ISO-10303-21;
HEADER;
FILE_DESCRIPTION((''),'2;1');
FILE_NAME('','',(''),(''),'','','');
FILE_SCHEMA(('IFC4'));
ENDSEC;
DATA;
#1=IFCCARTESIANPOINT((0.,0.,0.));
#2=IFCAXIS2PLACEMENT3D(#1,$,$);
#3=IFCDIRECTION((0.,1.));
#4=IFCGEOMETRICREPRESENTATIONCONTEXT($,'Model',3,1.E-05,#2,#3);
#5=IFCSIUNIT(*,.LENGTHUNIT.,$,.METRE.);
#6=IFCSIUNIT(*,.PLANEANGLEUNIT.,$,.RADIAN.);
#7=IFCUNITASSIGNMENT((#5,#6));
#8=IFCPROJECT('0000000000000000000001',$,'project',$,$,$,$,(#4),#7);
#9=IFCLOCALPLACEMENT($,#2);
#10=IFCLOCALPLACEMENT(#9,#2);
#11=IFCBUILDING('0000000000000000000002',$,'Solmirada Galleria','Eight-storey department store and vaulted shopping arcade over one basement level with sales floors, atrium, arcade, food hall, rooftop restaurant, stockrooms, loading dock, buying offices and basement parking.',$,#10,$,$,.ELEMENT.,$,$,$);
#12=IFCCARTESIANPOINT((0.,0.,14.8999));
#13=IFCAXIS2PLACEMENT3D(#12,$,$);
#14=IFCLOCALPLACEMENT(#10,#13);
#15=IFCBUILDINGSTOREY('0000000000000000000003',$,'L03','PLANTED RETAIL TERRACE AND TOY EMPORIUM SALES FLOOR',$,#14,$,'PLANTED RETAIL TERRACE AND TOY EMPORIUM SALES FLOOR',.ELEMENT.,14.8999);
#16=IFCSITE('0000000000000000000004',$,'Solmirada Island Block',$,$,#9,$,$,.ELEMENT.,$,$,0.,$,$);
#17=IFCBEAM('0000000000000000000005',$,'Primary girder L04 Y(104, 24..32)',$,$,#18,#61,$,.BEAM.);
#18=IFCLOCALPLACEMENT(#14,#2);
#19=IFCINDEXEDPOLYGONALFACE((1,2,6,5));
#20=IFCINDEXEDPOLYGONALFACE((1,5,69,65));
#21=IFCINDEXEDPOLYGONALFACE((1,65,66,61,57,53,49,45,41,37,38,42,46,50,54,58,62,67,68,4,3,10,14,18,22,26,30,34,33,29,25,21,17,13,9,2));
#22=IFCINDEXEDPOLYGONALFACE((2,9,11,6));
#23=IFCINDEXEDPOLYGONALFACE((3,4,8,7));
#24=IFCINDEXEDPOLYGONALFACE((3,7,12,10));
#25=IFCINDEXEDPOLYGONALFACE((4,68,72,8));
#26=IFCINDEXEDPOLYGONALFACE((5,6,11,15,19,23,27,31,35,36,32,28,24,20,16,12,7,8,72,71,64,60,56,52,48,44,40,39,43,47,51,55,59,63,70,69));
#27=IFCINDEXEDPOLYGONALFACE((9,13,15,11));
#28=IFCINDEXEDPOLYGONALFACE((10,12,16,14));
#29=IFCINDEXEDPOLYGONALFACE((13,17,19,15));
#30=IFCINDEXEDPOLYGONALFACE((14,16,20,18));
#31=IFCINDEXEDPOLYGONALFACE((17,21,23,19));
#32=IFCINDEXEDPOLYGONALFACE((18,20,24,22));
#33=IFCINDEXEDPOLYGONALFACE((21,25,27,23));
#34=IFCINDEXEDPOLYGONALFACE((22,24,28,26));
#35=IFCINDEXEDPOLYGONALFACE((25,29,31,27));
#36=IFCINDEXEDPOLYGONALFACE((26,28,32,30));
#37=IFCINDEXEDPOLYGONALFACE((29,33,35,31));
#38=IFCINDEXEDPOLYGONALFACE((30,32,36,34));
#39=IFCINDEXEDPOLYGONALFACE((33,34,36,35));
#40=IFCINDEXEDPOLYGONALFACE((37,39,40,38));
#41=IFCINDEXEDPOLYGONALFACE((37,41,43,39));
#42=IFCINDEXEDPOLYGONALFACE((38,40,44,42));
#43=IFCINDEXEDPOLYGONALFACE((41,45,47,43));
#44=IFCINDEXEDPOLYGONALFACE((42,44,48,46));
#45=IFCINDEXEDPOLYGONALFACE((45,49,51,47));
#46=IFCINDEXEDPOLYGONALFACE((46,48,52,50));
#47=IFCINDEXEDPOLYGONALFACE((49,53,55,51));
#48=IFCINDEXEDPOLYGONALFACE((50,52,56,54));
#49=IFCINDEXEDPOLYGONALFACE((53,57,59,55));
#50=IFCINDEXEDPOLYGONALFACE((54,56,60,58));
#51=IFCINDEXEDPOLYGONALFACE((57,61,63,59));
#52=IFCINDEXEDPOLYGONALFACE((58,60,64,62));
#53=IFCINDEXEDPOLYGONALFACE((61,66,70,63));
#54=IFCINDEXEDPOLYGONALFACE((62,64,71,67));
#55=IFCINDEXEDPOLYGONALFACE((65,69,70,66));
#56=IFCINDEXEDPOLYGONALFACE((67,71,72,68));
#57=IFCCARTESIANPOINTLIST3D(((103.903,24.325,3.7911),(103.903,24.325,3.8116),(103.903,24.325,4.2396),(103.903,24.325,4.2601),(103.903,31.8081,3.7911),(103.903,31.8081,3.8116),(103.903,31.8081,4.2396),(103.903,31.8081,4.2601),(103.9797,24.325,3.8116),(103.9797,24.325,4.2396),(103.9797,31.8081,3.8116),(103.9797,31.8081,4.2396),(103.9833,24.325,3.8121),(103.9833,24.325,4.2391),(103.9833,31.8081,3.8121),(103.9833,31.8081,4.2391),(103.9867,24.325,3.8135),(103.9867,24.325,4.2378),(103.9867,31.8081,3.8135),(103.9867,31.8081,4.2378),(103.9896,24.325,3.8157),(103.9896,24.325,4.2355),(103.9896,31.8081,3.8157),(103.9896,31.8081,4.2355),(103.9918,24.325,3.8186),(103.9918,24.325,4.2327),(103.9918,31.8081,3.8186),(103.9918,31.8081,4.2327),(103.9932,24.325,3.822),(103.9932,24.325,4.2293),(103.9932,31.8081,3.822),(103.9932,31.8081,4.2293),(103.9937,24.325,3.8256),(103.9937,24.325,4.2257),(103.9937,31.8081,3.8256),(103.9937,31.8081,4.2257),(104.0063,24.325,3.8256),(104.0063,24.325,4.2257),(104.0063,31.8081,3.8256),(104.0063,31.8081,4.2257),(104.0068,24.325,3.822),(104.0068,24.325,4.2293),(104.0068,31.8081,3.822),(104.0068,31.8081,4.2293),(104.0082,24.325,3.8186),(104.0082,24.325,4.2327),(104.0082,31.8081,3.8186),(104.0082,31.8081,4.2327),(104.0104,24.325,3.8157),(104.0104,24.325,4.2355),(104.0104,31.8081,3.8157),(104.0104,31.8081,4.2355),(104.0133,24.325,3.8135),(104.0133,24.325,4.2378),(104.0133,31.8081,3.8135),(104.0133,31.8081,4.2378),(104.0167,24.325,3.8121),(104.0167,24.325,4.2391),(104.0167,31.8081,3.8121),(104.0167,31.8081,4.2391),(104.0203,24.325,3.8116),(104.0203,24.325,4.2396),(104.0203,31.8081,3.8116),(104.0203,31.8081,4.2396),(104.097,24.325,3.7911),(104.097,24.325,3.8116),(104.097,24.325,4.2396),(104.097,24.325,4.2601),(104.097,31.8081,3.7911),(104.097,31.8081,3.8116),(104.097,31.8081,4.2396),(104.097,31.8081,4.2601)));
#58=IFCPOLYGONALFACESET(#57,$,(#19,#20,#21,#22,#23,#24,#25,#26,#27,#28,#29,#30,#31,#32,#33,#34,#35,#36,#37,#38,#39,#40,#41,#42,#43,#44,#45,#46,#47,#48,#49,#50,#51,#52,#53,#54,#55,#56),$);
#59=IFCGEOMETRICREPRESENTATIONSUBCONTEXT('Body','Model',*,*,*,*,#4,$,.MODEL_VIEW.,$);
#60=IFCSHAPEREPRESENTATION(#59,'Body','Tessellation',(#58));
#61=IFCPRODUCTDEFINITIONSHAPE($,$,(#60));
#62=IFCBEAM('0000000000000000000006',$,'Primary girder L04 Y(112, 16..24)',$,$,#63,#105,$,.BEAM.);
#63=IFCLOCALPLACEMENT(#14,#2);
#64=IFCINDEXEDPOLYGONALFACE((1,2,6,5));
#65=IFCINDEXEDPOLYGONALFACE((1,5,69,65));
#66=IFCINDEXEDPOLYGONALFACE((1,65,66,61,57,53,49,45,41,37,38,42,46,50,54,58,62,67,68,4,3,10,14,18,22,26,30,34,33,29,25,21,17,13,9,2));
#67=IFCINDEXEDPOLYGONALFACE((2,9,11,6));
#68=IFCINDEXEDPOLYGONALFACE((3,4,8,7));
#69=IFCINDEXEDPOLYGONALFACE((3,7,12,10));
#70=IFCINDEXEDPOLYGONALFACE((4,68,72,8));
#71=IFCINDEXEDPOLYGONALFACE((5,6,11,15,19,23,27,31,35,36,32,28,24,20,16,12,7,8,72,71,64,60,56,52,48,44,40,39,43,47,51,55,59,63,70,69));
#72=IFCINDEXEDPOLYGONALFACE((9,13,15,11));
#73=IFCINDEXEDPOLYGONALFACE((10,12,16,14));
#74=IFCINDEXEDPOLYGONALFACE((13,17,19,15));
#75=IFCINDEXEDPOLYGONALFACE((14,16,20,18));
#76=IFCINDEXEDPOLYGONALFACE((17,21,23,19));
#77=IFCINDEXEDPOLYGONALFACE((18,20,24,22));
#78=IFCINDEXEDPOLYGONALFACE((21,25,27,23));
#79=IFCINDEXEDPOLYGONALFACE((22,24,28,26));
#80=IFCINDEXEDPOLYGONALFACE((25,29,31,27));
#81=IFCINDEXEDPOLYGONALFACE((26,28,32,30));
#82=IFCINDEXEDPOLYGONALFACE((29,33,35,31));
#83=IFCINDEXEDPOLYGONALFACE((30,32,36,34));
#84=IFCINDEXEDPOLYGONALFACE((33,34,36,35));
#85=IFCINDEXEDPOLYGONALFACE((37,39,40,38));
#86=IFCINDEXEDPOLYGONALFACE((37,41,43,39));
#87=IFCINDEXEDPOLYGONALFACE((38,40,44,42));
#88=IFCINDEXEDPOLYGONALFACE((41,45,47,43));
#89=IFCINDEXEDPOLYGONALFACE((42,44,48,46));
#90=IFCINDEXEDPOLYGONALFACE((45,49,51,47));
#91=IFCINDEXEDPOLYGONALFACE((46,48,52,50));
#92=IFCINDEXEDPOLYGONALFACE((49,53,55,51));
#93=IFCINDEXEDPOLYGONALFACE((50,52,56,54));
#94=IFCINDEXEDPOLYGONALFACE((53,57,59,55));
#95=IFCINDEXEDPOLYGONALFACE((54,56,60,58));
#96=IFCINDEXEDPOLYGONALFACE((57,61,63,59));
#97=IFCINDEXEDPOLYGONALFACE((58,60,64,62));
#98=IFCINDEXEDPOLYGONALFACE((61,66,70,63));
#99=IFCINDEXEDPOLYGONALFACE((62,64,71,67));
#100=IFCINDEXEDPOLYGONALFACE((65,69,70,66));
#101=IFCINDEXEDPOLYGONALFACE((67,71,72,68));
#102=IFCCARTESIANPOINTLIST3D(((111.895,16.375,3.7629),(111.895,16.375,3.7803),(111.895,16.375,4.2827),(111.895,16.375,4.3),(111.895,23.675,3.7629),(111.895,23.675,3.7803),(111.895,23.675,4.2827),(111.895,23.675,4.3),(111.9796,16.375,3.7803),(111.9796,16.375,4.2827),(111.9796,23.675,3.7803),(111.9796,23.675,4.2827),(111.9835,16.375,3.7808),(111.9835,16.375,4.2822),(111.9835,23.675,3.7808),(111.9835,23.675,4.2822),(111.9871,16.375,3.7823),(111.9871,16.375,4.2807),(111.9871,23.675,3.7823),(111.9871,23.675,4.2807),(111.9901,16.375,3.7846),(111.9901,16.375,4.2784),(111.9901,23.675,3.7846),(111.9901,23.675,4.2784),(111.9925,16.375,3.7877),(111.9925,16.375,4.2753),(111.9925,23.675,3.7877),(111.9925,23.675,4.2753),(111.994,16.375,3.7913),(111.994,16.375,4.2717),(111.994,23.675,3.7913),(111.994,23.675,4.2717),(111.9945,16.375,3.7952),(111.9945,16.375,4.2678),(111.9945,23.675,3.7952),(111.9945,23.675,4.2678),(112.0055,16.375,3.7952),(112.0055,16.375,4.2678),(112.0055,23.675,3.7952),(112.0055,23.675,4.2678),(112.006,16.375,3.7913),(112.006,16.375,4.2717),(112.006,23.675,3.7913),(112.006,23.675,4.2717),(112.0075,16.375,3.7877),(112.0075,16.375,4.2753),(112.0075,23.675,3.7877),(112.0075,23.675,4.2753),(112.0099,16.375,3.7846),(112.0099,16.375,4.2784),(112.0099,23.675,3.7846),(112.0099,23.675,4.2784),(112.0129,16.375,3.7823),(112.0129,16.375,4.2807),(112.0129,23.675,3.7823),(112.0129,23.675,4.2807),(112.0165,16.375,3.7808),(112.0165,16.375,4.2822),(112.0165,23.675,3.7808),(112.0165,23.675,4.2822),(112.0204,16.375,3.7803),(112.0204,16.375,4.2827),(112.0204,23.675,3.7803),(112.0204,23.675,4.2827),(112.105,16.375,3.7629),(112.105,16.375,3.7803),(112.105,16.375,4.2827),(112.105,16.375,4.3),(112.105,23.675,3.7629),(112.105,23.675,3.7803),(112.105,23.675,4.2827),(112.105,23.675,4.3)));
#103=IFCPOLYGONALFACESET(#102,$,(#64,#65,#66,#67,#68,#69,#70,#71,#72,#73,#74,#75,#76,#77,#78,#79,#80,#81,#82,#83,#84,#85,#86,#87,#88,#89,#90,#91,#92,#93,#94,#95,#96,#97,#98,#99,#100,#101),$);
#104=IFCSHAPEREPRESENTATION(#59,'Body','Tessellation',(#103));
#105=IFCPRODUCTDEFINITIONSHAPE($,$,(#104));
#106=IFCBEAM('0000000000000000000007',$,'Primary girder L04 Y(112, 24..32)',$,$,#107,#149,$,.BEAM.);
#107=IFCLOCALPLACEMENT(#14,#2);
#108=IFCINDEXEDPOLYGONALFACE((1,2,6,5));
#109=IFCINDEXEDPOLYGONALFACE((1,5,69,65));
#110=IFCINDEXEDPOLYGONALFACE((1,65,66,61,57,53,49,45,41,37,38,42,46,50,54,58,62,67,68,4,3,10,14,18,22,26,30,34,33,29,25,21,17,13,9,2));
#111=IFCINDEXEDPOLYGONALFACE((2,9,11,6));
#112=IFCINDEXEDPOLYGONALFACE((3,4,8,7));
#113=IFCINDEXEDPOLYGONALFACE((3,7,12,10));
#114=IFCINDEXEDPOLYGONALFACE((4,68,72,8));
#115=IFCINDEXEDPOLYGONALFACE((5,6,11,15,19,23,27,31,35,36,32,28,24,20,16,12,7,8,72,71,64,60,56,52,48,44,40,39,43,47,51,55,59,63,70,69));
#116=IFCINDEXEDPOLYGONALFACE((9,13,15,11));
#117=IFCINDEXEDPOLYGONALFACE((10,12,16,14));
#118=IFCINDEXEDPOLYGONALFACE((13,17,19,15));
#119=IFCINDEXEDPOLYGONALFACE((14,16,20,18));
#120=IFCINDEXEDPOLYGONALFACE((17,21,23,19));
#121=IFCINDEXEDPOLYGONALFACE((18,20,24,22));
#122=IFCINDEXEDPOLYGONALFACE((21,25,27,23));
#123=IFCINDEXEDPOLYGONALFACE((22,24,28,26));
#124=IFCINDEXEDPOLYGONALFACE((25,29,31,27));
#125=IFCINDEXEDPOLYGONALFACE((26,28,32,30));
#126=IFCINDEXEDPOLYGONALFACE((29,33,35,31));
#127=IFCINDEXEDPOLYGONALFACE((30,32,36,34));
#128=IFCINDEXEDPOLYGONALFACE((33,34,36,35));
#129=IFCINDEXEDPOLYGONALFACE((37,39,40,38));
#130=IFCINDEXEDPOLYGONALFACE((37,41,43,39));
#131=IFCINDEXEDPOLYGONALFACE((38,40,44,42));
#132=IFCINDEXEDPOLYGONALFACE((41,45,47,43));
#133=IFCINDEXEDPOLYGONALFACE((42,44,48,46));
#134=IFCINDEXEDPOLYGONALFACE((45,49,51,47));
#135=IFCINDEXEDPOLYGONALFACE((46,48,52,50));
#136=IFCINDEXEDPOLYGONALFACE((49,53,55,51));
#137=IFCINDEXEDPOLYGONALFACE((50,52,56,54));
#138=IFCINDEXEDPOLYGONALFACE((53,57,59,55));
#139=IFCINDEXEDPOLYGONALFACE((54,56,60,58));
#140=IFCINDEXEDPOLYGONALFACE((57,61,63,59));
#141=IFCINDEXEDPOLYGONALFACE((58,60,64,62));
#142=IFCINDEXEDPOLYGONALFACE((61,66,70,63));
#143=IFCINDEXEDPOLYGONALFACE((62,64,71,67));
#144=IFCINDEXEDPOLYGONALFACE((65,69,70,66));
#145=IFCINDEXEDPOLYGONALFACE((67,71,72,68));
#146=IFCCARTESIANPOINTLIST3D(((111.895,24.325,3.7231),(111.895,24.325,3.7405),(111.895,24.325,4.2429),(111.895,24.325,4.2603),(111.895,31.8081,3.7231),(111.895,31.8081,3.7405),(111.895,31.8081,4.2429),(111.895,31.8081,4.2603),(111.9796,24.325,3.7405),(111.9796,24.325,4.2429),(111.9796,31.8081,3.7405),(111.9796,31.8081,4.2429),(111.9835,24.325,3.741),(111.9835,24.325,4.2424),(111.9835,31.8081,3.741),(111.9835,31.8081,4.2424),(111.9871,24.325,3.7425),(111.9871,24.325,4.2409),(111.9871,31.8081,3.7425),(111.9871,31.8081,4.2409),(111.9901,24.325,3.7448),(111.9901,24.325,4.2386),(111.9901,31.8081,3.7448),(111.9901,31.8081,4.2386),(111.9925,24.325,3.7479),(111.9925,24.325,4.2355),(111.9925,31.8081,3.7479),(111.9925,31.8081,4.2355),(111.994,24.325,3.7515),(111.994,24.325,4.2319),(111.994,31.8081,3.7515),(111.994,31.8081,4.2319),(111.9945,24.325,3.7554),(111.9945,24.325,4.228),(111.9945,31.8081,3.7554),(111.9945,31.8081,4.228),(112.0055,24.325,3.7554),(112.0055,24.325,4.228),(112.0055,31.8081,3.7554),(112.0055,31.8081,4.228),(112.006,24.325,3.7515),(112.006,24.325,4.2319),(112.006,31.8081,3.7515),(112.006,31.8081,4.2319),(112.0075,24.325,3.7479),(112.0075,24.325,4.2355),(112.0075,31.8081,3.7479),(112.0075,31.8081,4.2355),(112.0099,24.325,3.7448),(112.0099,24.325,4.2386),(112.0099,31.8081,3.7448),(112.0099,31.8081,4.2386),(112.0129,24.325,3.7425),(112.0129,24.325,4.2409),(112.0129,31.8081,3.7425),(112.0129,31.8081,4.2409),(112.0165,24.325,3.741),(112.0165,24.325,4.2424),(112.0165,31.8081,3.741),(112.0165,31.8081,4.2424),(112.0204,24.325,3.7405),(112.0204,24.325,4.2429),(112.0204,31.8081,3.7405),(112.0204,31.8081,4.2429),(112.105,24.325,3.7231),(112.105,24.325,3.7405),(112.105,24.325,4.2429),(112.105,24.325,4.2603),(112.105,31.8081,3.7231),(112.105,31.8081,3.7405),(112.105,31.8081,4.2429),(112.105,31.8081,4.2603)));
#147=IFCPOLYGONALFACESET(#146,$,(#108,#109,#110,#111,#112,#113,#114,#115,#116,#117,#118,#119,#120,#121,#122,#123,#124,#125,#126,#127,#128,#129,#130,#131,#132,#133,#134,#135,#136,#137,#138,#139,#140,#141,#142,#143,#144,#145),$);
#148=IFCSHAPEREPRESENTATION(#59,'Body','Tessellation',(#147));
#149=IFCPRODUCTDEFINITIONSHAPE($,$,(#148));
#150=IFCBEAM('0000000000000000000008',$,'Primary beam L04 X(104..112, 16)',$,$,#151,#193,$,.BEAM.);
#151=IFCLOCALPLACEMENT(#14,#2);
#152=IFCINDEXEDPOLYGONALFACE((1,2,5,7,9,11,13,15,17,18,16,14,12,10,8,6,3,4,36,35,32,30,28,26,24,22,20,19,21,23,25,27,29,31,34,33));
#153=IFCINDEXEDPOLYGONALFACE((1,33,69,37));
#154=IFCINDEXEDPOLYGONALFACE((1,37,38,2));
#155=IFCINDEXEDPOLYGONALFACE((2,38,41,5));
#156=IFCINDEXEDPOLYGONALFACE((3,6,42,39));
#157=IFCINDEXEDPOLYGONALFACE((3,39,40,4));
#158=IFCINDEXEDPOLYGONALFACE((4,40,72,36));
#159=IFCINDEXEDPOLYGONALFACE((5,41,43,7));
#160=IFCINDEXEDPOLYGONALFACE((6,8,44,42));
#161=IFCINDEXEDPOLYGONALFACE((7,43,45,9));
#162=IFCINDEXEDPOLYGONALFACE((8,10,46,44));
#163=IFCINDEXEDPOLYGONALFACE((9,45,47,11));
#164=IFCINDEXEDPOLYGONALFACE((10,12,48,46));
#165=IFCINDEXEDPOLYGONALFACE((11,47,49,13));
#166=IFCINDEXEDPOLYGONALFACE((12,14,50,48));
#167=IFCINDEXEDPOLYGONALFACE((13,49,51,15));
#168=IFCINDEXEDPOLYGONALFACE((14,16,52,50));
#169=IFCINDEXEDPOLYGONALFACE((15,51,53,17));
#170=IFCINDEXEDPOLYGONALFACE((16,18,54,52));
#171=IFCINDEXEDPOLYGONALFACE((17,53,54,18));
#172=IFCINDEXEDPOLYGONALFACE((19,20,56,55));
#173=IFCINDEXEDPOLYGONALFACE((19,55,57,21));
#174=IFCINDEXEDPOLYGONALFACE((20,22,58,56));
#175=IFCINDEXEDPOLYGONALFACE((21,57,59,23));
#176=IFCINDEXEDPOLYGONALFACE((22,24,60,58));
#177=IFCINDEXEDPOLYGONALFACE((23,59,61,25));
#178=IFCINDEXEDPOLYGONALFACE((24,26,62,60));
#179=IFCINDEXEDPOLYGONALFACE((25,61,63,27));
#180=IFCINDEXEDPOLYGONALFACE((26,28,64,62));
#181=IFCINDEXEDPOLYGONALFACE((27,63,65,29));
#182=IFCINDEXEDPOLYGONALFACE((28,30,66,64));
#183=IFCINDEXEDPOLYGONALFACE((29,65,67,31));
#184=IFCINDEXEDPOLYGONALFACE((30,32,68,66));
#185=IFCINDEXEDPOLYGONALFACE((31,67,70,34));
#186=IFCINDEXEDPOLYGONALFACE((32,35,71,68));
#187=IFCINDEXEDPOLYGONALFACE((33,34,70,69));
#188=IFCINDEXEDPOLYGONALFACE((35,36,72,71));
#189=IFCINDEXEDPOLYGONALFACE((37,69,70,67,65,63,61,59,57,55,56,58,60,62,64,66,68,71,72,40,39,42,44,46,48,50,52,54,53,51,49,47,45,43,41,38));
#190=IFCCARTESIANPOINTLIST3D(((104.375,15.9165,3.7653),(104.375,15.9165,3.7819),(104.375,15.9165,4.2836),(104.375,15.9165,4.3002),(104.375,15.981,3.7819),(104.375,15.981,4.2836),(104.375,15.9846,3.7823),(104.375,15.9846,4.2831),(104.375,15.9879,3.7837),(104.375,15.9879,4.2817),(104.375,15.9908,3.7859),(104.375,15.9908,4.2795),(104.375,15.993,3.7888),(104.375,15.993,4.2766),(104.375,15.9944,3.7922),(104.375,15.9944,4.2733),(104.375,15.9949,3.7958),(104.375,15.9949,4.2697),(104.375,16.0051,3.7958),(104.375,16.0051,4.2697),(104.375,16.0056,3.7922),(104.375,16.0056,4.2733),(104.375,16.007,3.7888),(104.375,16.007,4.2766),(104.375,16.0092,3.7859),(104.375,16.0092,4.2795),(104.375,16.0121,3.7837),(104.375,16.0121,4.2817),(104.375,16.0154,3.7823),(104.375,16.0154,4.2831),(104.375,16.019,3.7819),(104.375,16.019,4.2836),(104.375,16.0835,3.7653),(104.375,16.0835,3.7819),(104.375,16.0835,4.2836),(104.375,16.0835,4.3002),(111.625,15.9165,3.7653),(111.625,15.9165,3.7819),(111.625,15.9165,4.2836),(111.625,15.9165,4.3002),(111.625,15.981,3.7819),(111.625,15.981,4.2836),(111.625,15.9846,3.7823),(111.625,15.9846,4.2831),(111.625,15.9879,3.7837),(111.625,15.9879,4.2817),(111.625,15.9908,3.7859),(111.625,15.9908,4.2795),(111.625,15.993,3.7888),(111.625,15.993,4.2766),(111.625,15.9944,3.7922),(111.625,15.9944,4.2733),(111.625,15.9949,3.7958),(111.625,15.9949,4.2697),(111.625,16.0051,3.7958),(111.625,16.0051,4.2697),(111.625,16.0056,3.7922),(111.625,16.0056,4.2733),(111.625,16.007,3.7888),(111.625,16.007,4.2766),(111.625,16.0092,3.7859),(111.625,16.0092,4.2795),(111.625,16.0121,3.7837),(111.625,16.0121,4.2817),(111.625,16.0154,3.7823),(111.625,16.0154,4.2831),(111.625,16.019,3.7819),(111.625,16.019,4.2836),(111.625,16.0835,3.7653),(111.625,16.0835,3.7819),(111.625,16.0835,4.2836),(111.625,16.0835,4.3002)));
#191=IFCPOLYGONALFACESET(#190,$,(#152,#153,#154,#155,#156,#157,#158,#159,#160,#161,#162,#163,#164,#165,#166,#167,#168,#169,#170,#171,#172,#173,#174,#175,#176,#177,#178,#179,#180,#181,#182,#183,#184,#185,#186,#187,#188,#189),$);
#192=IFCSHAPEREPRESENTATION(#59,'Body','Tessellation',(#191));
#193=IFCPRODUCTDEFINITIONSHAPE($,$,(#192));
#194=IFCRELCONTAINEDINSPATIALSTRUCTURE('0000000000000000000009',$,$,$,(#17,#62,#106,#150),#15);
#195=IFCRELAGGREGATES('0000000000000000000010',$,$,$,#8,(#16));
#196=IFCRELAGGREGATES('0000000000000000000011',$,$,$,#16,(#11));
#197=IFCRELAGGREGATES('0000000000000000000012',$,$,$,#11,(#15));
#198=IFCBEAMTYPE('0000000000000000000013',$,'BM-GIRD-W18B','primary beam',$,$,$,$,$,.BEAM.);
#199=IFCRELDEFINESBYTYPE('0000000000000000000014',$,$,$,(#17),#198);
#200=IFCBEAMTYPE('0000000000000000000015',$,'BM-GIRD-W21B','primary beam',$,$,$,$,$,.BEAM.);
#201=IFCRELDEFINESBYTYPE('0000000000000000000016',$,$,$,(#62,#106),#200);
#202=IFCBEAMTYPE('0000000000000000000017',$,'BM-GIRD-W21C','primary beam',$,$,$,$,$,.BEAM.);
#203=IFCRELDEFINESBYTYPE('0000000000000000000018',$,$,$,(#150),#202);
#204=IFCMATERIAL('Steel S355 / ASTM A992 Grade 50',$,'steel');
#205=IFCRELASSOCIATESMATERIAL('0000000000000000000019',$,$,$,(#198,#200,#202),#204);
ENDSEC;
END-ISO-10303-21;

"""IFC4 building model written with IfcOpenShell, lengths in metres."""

from ifc_helpers import new_model, si_unit, direction, frame, origin, origin_2d, place, context, subcontext, project, spatial, i_section, extrude, material, material_profile, profile_set, type_object, element, save


model = new_model("IFC4")

# Units and contexts
model_context = context("Model", 3, precision=1e-05, world=origin(), true_north=direction((0.0, 1.0)))
body_context = subcontext(model_context, "Body", "Model", "MODEL_VIEW")
ifc_project = project(units=[si_unit("LENGTHUNIT", "METRE"), si_unit("PLANEANGLEUNIT", "RADIAN")], contexts=[model_context])

# Site, building, storey
site_placement = place(None, origin())
site = spatial("IfcSite", under=ifc_project, at=site_placement, Name="Solmirada Island Block", CompositionType="ELEMENT", RefElevation=0.0)
building_placement = place(site_placement, origin())
building = spatial("IfcBuilding", under=site, at=building_placement, Name="Solmirada Galleria", Description="Eight-storey department store and vaulted shopping arcade over one basement level with sales floors, atrium, arcade, food hall, rooftop restaurant, stockrooms, loading dock, buying offices and basement parking.", CompositionType="ELEMENT")
storey_placement = place(building_placement, frame((0.0, 0.0, 14.8999)))
storey = spatial("IfcBuildingStorey", under=building, at=storey_placement, Name="L03", Description="PLANTED RETAIL TERRACE AND TOY EMPORIUM SALES FLOOR", LongName="PLANTED RETAIL TERRACE AND TOY EMPORIUM SALES FLOOR", CompositionType="ELEMENT", Elevation=14.8999)

# Beams
ifc_material_1 = material(Name="Steel S355 / ASTM A992 Grade 50", Category="steel")
ifc_material_profile_1 = material_profile(ifc_material_1, i_section(OverallWidth=0.1941, OverallDepth=0.469, WebThickness=0.0127, FlangeThickness=0.0205, FilletRadius=0.0139, at=origin_2d()), Name="W18X71")
ifc_profile_set_1 = profile_set([ifc_material_profile_1], Name="Steel S355 / ASTM A992 Grade 50")
beam_type_1 = type_object("IfcBeamType", Name="BM-GIRD-W18B", Description="primary beam", PredefinedType="BEAM", material=ifc_profile_set_1)
beam_1_placement = place(storey_placement, frame((104.0, 24.325, 4.0256), z_axis=(0.0, 1.0, 0.0), x_axis=(-1.0, 0.0, 0.0)))
element("IfcBeam", 1, at=beam_1_placement, inside=storey, type_object=beam_type_1, Name="Primary girder L04 Y(104, 24..32)", PredefinedType="BEAM", context=body_context, shape_type="SweptSolid", body=[
    extrude(i_section(OverallWidth=0.1941, OverallDepth=0.469, WebThickness=0.0127, FlangeThickness=0.0205, FilletRadius=0.0139, at=origin_2d()), origin(), (0.0, 0.0, 1.0), 7.4832),
])
ifc_material_profile_2 = material_profile(ifc_material_1, i_section(OverallWidth=0.21, OverallDepth=0.5371, WebThickness=0.011, FlangeThickness=0.0173, FilletRadius=0.0149, at=origin_2d()), Name="W21X68")
ifc_profile_set_2 = profile_set([ifc_material_profile_2], Name="Steel S355 / ASTM A992 Grade 50")
beam_type_2 = type_object("IfcBeamType", Name="BM-GIRD-W21B", Description="primary beam", PredefinedType="BEAM", material=ifc_profile_set_2)
beam_2_placement = place(storey_placement, frame((112.0, 16.375, 4.0315), z_axis=(0.0, 1.0, 0.0), x_axis=(-1.0, 0.0, 0.0)))
element("IfcBeam", 2, at=beam_2_placement, inside=storey, type_object=beam_type_2, Name="Primary girder L04 Y(112, 16..24)", PredefinedType="BEAM", context=body_context, shape_type="SweptSolid", body=[
    extrude(i_section(OverallWidth=0.21, OverallDepth=0.5371, WebThickness=0.011, FlangeThickness=0.0173, FilletRadius=0.0149, at=origin_2d()), origin(), (0.0, 0.0, 1.0), 7.3),
])
beam_3_placement = place(storey_placement, frame((112.0, 24.325, 3.9917), z_axis=(0.0, 1.0, 0.0), x_axis=(-1.0, 0.0, 0.0)))
element("IfcBeam", 3, at=beam_3_placement, inside=storey, type_object=beam_type_2, Name="Primary girder L04 Y(112, 24..32)", PredefinedType="BEAM", context=body_context, shape_type="SweptSolid", body=[
    extrude(i_section(OverallWidth=0.21, OverallDepth=0.5371, WebThickness=0.011, FlangeThickness=0.0173, FilletRadius=0.0149, at=origin_2d()), origin(), (0.0, 0.0, 1.0), 7.4832),
])
ifc_material_profile_3 = material_profile(ifc_material_1, i_section(OverallWidth=0.167, OverallDepth=0.5349, WebThickness=0.0103, FlangeThickness=0.0166, FilletRadius=0.0139, at=origin_2d()), Name="W21X57")
ifc_profile_set_3 = profile_set([ifc_material_profile_3], Name="Steel S355 / ASTM A992 Grade 50")
beam_type_3 = type_object("IfcBeamType", Name="BM-GIRD-W21C", Description="primary beam", PredefinedType="BEAM", material=ifc_profile_set_3)
for number, where, z_axis, x_axis, name in (
    (4, (104.375, 16.0, 4.0327), (1.0, 0.0, 0.0), (0.0, 1.0, 0.0), "Primary beam L04 X(104..112, 16)"),
):
    element("IfcBeam", number, at=place(storey_placement, frame(where, z_axis=z_axis, x_axis=x_axis)), inside=storey, type_object=beam_type_3, Name=name, PredefinedType="BEAM", context=body_context, shape_type="SweptSolid", body=[
        extrude(i_section(OverallWidth=0.167, OverallDepth=0.5349, WebThickness=0.0103, FlangeThickness=0.0166, FilletRadius=0.0139, at=origin_2d()), origin(), (0.0, 0.0, 1.0), 7.25),
    ])

save(model, "model.ifc")
